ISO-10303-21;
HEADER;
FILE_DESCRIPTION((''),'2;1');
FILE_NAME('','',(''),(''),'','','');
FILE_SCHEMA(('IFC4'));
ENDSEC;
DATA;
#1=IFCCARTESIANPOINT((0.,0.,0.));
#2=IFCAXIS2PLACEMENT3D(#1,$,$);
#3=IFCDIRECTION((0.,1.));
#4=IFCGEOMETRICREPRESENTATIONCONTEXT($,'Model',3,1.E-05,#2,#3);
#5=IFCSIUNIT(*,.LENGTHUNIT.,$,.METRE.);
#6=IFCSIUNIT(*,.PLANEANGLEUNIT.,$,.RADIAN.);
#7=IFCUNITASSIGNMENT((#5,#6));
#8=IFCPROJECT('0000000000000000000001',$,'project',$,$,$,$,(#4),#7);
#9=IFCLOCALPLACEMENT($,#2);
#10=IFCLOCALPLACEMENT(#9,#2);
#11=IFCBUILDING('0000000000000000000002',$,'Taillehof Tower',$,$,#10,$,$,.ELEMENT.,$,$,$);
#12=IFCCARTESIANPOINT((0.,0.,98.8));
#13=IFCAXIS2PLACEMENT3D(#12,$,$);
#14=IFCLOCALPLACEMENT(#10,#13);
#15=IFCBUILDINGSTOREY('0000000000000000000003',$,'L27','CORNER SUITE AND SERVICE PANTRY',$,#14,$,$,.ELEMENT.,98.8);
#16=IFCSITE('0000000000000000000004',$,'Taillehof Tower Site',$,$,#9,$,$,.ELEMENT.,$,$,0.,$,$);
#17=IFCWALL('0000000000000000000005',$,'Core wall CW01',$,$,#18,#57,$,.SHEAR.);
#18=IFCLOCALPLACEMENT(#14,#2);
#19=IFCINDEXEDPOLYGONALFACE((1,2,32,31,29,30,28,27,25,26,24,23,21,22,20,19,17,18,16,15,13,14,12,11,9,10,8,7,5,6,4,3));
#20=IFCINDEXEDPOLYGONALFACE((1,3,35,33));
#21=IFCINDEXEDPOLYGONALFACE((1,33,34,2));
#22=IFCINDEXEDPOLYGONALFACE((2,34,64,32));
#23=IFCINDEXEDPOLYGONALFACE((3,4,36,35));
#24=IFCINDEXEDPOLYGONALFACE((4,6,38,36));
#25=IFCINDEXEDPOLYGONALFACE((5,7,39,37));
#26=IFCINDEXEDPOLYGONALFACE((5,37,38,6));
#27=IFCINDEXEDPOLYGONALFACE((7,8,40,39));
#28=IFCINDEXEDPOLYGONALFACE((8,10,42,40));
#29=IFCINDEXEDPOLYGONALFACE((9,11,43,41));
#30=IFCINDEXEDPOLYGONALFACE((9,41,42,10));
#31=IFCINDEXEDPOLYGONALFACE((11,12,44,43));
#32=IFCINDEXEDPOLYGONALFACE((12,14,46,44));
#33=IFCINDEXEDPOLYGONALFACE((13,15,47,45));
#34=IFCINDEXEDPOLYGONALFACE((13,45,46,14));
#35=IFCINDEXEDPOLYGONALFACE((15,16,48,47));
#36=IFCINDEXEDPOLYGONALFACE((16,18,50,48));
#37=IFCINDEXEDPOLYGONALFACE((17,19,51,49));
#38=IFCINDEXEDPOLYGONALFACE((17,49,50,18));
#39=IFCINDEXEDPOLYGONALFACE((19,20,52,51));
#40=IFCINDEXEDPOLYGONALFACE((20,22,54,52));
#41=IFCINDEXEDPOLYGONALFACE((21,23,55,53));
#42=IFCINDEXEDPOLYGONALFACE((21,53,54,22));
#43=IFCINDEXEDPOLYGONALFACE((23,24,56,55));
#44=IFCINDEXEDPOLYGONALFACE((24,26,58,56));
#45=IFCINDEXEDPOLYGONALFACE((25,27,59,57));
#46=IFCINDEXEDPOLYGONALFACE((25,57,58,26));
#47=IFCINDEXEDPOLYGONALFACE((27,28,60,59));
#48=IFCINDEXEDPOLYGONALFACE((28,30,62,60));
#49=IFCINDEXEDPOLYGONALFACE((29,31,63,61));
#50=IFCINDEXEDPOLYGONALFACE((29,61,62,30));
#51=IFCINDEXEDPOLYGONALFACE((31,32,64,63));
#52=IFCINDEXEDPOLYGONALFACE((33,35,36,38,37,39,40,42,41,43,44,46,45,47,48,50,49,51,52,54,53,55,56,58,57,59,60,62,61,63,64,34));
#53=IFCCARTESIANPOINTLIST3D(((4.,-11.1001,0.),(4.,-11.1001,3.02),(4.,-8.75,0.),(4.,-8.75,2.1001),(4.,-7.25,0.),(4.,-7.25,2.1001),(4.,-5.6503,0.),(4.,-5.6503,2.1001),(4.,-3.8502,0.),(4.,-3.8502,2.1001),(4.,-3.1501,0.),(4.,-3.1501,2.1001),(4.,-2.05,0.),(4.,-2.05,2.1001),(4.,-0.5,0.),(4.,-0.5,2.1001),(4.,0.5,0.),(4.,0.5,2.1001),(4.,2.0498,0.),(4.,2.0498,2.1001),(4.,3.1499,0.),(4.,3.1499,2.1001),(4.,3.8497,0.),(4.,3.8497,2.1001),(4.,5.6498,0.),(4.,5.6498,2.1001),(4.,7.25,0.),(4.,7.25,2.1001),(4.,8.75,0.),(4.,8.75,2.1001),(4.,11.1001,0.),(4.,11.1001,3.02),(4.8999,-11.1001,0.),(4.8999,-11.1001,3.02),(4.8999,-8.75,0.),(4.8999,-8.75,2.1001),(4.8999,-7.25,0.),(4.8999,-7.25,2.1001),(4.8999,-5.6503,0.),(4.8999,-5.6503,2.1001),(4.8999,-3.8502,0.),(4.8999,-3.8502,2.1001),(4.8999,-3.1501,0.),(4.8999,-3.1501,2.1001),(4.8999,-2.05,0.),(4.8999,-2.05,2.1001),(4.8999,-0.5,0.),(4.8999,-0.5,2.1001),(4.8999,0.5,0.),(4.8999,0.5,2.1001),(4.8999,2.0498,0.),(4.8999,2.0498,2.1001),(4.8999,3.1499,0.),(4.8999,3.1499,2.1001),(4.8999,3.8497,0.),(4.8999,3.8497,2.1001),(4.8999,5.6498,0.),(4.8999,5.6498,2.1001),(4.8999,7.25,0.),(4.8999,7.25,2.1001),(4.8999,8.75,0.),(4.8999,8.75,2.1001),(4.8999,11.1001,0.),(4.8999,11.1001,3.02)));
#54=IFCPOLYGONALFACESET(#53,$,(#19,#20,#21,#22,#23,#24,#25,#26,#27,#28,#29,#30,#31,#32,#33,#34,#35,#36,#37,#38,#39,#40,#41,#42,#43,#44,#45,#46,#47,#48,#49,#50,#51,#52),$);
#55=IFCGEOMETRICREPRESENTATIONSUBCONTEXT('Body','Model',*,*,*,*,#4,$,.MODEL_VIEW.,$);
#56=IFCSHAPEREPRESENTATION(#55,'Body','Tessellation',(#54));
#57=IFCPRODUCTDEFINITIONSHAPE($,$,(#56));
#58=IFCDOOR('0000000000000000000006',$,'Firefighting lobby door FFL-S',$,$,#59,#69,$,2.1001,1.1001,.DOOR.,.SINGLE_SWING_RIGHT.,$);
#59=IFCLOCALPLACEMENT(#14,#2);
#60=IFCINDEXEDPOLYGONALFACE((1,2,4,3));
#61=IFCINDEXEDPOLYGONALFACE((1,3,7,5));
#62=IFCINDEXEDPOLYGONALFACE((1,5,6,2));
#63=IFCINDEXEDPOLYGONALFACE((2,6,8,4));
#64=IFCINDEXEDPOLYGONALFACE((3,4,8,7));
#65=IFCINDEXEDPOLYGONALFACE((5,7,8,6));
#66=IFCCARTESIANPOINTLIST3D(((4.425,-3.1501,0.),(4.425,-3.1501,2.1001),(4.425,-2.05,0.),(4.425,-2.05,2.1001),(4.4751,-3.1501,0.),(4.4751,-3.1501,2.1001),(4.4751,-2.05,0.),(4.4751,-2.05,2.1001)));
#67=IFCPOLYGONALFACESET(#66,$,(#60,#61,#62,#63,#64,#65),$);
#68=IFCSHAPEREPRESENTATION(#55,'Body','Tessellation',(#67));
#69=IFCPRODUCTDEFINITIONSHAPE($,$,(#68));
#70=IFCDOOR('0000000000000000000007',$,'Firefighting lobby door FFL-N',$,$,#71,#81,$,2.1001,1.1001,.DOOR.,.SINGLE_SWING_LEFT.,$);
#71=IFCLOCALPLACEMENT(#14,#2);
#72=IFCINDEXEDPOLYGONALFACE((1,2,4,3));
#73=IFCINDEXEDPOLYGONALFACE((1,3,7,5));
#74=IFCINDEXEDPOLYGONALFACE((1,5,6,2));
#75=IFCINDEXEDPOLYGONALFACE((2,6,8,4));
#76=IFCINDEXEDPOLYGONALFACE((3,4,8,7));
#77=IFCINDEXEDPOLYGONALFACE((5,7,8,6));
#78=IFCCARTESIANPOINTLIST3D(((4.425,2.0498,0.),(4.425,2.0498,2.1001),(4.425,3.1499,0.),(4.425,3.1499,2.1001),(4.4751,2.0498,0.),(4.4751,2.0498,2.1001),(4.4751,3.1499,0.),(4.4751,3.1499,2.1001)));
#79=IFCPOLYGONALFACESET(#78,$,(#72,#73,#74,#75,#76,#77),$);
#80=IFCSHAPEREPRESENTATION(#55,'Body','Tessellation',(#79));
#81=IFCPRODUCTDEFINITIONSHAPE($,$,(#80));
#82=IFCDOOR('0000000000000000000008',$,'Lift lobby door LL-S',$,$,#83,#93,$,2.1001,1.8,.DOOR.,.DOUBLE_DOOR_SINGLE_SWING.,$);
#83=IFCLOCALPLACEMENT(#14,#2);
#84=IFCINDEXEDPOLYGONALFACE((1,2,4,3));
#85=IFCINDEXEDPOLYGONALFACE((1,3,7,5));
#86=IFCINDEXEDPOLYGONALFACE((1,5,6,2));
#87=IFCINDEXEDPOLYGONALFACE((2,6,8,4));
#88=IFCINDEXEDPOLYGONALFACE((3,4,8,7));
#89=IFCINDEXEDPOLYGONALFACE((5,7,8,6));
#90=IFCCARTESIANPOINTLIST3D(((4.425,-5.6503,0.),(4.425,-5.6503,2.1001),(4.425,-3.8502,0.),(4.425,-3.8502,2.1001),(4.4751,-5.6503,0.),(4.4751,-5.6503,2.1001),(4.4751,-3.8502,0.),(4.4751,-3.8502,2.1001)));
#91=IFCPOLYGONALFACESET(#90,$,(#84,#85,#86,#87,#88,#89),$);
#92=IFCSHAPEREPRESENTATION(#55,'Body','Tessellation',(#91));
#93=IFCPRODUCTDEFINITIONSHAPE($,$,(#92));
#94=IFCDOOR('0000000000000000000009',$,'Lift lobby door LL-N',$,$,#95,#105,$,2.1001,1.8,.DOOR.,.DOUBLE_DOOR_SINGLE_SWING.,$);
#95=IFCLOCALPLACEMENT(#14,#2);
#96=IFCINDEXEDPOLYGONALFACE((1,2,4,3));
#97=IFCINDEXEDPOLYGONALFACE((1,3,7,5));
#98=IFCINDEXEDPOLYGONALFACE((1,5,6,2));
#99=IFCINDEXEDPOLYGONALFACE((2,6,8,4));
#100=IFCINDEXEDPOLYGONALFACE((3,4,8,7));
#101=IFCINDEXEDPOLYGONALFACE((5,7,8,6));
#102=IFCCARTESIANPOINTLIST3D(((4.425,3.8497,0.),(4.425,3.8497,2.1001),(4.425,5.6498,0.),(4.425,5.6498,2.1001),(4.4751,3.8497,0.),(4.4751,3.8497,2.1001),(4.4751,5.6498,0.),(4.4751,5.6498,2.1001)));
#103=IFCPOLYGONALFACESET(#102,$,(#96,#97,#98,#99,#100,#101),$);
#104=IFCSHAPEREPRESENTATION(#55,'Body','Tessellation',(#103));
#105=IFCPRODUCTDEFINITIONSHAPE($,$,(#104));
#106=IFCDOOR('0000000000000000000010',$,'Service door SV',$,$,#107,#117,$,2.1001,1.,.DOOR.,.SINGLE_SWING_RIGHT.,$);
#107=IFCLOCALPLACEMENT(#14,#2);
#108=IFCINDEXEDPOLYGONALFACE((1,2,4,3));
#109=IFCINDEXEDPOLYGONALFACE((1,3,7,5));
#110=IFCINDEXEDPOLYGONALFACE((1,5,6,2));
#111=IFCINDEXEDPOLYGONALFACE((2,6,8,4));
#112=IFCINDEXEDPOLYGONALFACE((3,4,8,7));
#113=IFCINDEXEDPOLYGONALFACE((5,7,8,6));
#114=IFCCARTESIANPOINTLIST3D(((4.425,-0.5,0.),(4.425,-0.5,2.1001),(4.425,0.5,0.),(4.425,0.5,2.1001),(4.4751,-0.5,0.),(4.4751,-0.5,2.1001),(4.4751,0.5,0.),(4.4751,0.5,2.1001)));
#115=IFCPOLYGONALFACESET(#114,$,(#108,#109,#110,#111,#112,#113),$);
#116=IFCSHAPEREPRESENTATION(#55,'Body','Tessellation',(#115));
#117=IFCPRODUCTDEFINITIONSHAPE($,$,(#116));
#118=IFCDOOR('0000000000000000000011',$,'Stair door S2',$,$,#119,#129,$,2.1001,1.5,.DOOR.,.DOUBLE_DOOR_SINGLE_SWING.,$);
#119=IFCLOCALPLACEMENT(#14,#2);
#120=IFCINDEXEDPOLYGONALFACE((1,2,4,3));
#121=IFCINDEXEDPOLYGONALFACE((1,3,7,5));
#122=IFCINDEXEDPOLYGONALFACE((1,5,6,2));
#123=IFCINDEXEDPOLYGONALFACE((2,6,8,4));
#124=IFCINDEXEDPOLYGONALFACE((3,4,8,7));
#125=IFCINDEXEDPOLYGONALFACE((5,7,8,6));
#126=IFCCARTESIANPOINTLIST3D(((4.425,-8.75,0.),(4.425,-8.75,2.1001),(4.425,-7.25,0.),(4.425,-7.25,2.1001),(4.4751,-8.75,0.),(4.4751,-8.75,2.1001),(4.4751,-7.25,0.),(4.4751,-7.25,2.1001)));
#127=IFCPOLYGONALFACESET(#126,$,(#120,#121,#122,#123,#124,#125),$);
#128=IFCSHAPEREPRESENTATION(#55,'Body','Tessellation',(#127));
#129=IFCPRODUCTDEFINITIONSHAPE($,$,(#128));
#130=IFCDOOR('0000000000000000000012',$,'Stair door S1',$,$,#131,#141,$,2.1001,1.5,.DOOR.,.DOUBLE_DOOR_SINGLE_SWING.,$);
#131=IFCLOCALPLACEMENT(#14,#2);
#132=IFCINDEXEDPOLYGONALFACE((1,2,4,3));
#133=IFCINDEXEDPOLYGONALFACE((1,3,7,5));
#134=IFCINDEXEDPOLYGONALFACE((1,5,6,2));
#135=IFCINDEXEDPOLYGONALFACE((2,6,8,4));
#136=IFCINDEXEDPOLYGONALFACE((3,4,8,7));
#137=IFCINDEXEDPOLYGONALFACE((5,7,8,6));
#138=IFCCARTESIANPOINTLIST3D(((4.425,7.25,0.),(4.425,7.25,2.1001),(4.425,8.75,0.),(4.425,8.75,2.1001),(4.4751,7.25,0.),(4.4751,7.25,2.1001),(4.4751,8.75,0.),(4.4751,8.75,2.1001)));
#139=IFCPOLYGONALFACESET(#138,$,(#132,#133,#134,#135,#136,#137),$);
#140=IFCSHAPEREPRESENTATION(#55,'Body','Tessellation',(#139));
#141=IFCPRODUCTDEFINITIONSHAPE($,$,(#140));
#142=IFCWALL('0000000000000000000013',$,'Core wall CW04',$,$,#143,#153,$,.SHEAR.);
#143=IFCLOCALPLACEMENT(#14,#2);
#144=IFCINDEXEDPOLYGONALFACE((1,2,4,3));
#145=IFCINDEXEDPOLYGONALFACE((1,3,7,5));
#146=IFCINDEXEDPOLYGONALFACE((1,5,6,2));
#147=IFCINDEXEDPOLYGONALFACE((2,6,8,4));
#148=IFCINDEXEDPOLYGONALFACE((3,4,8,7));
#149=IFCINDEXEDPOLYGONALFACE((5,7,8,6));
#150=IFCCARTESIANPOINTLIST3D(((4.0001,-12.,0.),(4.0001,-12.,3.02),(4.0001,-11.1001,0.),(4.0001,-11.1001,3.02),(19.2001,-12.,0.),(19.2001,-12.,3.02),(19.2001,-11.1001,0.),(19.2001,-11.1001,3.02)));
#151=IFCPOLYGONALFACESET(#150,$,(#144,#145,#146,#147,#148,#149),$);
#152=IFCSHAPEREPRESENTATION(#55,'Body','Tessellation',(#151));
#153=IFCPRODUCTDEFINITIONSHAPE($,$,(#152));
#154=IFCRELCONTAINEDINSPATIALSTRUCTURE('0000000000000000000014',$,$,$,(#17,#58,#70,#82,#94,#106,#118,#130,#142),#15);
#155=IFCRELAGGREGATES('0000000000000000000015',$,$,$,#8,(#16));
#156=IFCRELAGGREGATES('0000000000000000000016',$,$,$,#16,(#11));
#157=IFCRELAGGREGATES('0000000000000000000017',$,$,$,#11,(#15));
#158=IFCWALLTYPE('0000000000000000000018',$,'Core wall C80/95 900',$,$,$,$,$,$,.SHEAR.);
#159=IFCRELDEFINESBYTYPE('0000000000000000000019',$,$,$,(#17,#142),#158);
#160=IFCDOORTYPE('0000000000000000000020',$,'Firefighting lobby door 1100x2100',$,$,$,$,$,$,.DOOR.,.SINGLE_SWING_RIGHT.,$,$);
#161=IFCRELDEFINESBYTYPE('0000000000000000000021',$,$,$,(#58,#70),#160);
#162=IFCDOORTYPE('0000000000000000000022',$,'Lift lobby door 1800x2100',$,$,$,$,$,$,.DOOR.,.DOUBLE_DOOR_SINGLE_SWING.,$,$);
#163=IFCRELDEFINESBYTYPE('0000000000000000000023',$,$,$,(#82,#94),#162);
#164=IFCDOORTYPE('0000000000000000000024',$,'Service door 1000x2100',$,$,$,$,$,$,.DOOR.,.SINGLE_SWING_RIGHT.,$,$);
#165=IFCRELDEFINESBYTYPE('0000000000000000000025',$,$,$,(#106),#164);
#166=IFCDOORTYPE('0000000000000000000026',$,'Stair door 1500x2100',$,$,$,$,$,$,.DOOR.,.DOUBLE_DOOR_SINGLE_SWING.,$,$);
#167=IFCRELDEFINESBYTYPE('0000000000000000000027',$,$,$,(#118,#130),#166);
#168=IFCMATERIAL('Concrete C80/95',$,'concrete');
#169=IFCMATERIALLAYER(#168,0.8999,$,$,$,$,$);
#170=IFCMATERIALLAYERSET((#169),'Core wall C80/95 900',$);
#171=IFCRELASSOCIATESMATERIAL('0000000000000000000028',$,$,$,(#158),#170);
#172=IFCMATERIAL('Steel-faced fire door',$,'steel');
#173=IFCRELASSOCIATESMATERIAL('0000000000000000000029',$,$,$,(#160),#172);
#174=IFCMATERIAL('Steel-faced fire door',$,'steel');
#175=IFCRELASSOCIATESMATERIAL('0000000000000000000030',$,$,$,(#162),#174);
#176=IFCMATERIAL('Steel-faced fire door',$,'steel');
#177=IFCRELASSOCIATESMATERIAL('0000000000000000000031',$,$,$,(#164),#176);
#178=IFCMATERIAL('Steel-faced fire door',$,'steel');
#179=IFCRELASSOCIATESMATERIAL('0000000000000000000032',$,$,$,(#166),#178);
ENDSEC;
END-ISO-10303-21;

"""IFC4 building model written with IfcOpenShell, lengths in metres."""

from ifc_helpers import new_model, si_unit, direction, frame, frame_2d, origin, place, context, subcontext, project, spatial, rectangle, extrude, material, layer, layer_set, type_object, element, fill, save


model = new_model("IFC4")

# Units and contexts
model_context = context("Model", 3, precision=1e-05, world=origin(), true_north=direction((0.0, 1.0)))
body_context = subcontext(model_context, "Body", "Model", "MODEL_VIEW")
ifc_project = project(units=[si_unit("LENGTHUNIT", "METRE"), si_unit("PLANEANGLEUNIT", "RADIAN")], contexts=[model_context])

# Site, building, storey
site_placement = place(None, origin())
site = spatial("IfcSite", under=ifc_project, at=site_placement, Name="Taillehof Tower Site", CompositionType="ELEMENT", RefElevation=0.0)
building_placement = place(site_placement, origin())
building = spatial("IfcBuilding", under=site, at=building_placement, Name="Taillehof Tower", CompositionType="ELEMENT")
storey_placement = place(building_placement, frame((0.0, 0.0, 98.8)))
storey = spatial("IfcBuildingStorey", under=building, at=storey_placement, Name="L27", Description="CORNER SUITE AND SERVICE PANTRY", CompositionType="ELEMENT", Elevation=98.8)

# Wall, openings, doors
ifc_material_1 = material(Name="Concrete C80/95", Category="concrete")
ifc_layer_1 = layer(ifc_material_1, 0.8999)
ifc_layer_set_1 = layer_set([ifc_layer_1], Name="Core wall C80/95 900")
wall_type_1 = type_object("IfcWallType", Name="Core wall C80/95 900", PredefinedType="SHEAR", material=ifc_layer_set_1)
wall_1_placement = place(storey_placement, frame((4.45, -11.1001, 0.0), z_axis=(0.0, 0.0, 1.0), x_axis=(0.0, 1.0, 0.0)))
wall_1 = element("IfcWall", 1, at=wall_1_placement, inside=storey, type_object=wall_type_1, Name="Core wall CW01", PredefinedType="SHEAR", context=body_context, shape_type="SweptSolid", body=[
    extrude(rectangle(XDim=22.2002, YDim=0.8999, at=frame_2d((11.1001, 0.0))), origin(), (0.0, 0.0, 1.0), 3.02),
])
opening_1_placement = place(wall_1_placement, frame((2.3501, 0.0, 0.0)))
opening_1 = element("IfcOpeningElement", 2, at=opening_1_placement, cuts=wall_1, PredefinedType="OPENING", context=body_context, shape_type="SweptSolid", body=[
    extrude(rectangle(XDim=1.5, YDim=2.1001, at=frame_2d((0.75, 1.05))), frame((0.0, 0.46, 0.0), z_axis=(0.0, -1.0, 0.0), x_axis=(1.0, 0.0, 0.0)), (0.0, 0.0, 1.0), 0.9199),
])
opening_2_placement = place(wall_1_placement, frame((5.45, 0.0, 0.0)))
opening_2 = element("IfcOpeningElement", 3, at=opening_2_placement, cuts=wall_1, PredefinedType="OPENING", context=body_context, shape_type="SweptSolid", body=[
    extrude(rectangle(XDim=1.8, YDim=2.1001, at=frame_2d((0.8999, 1.05))), frame((0.0, 0.46, 0.0), z_axis=(0.0, -1.0, 0.0), x_axis=(1.0, 0.0, 0.0)), (0.0, 0.0, 1.0), 0.9199),
])
opening_3_placement = place(wall_1_placement, frame((7.95, 0.0, 0.0)))
opening_3 = element("IfcOpeningElement", 4, at=opening_3_placement, cuts=wall_1, PredefinedType="OPENING", context=body_context, shape_type="SweptSolid", body=[
    extrude(rectangle(XDim=1.1001, YDim=2.1001, at=frame_2d((0.55, 1.05))), frame((0.0, 0.46, 0.0), z_axis=(0.0, -1.0, 0.0), x_axis=(1.0, 0.0, 0.0)), (0.0, 0.0, 1.0), 0.9199),
])
opening_4_placement = place(wall_1_placement, frame((10.6001, 0.0, 0.0)))
opening_4 = element("IfcOpeningElement", 5, at=opening_4_placement, cuts=wall_1, PredefinedType="OPENING", context=body_context, shape_type="SweptSolid", body=[
    extrude(rectangle(XDim=1.0, YDim=2.1001, at=frame_2d((0.5, 1.05))), frame((0.0, 0.46, 0.0), z_axis=(0.0, -1.0, 0.0), x_axis=(1.0, 0.0, 0.0)), (0.0, 0.0, 1.0), 0.9199),
])
opening_5_placement = place(wall_1_placement, frame((13.1499, 0.0, 0.0)))
opening_5 = element("IfcOpeningElement", 6, at=opening_5_placement, cuts=wall_1, PredefinedType="OPENING", context=body_context, shape_type="SweptSolid", body=[
    extrude(rectangle(XDim=1.1001, YDim=2.1001, at=frame_2d((0.55, 1.05))), frame((0.0, 0.46, 0.0), z_axis=(0.0, -1.0, 0.0), x_axis=(1.0, 0.0, 0.0)), (0.0, 0.0, 1.0), 0.9199),
])
opening_6_placement = place(wall_1_placement, frame((14.95, 0.0, 0.0)))
opening_6 = element("IfcOpeningElement", 7, at=opening_6_placement, cuts=wall_1, PredefinedType="OPENING", context=body_context, shape_type="SweptSolid", body=[
    extrude(rectangle(XDim=1.8, YDim=2.1001, at=frame_2d((0.8999, 1.05))), frame((0.0, 0.46, 0.0), z_axis=(0.0, -1.0, 0.0), x_axis=(1.0, 0.0, 0.0)), (0.0, 0.0, 1.0), 0.9199),
])
opening_7_placement = place(wall_1_placement, frame((18.3501, 0.0, 0.0)))
opening_7 = element("IfcOpeningElement", 8, at=opening_7_placement, cuts=wall_1, PredefinedType="OPENING", context=body_context, shape_type="SweptSolid", body=[
    extrude(rectangle(XDim=1.5, YDim=2.1001, at=frame_2d((0.75, 1.05))), frame((0.0, 0.46, 0.0), z_axis=(0.0, -1.0, 0.0), x_axis=(1.0, 0.0, 0.0)), (0.0, 0.0, 1.0), 0.9199),
])
ifc_material_2 = material(Name="Steel-faced fire door", Category="steel")
door_type_1 = type_object("IfcDoorType", Name="Firefighting lobby door 1100x2100", OperationType="SINGLE_SWING_RIGHT", PredefinedType="DOOR", material=ifc_material_2)
door_1_placement = place(opening_3_placement, origin())
door_1 = element("IfcDoor", 9, at=door_1_placement, inside=storey, type_object=door_type_1, Name="Firefighting lobby door FFL-S", OperationType="SINGLE_SWING_RIGHT", OverallHeight=2.1001, OverallWidth=1.1001, PredefinedType="DOOR", context=body_context, shape_type="SweptSolid", body=[
    extrude(rectangle(XDim=1.1001, YDim=2.1001, at=frame_2d((0.55, 1.05))), frame((0.0, 0.0249, 0.0), z_axis=(0.0, -1.0, 0.0), x_axis=(1.0, 0.0, 0.0)), (0.0, 0.0, 1.0), 0.05),
])
fill(opening_3, door_1)
door_2_placement = place(opening_5_placement, origin())
door_2 = element("IfcDoor", 10, at=door_2_placement, inside=storey, type_object=door_type_1, Name="Firefighting lobby door FFL-N", OperationType="SINGLE_SWING_LEFT", OverallHeight=2.1001, OverallWidth=1.1001, PredefinedType="DOOR", context=body_context, shape_type="SweptSolid", body=[
    extrude(rectangle(XDim=1.1001, YDim=2.1001, at=frame_2d((0.55, 1.05))), frame((0.0, 0.0249, 0.0), z_axis=(0.0, -1.0, 0.0), x_axis=(1.0, 0.0, 0.0)), (0.0, 0.0, 1.0), 0.05),
])
fill(opening_5, door_2)
ifc_material_3 = material(Name="Steel-faced fire door", Category="steel")
door_type_2 = type_object("IfcDoorType", Name="Lift lobby door 1800x2100", OperationType="DOUBLE_DOOR_SINGLE_SWING", PredefinedType="DOOR", material=ifc_material_3)
door_3_placement = place(opening_2_placement, origin())
door_3 = element("IfcDoor", 11, at=door_3_placement, inside=storey, type_object=door_type_2, Name="Lift lobby door LL-S", OperationType="DOUBLE_DOOR_SINGLE_SWING", OverallHeight=2.1001, OverallWidth=1.8, PredefinedType="DOOR", context=body_context, shape_type="SweptSolid", body=[
    extrude(rectangle(XDim=1.8, YDim=2.1001, at=frame_2d((0.8999, 1.05))), frame((0.0, 0.0249, 0.0), z_axis=(0.0, -1.0, 0.0), x_axis=(1.0, 0.0, 0.0)), (0.0, 0.0, 1.0), 0.05),
])
fill(opening_2, door_3)
door_4_placement = place(opening_6_placement, origin())
door_4 = element("IfcDoor", 12, at=door_4_placement, inside=storey, type_object=door_type_2, Name="Lift lobby door LL-N", OperationType="DOUBLE_DOOR_SINGLE_SWING", OverallHeight=2.1001, OverallWidth=1.8, PredefinedType="DOOR", context=body_context, shape_type="SweptSolid", body=[
    extrude(rectangle(XDim=1.8, YDim=2.1001, at=frame_2d((0.8999, 1.05))), frame((0.0, 0.0249, 0.0), z_axis=(0.0, -1.0, 0.0), x_axis=(1.0, 0.0, 0.0)), (0.0, 0.0, 1.0), 0.05),
])
fill(opening_6, door_4)
ifc_material_4 = material(Name="Steel-faced fire door", Category="steel")
door_type_3 = type_object("IfcDoorType", Name="Service door 1000x2100", OperationType="SINGLE_SWING_RIGHT", PredefinedType="DOOR", material=ifc_material_4)
door_5_placement = place(opening_4_placement, origin())
door_5 = element("IfcDoor", 13, at=door_5_placement, inside=storey, type_object=door_type_3, Name="Service door SV", OperationType="SINGLE_SWING_RIGHT", OverallHeight=2.1001, OverallWidth=1.0, PredefinedType="DOOR", context=body_context, shape_type="SweptSolid", body=[
    extrude(rectangle(XDim=1.0, YDim=2.1001, at=frame_2d((0.5, 1.05))), frame((0.0, 0.0249, 0.0), z_axis=(0.0, -1.0, 0.0), x_axis=(1.0, 0.0, 0.0)), (0.0, 0.0, 1.0), 0.05),
])
fill(opening_4, door_5)
ifc_material_5 = material(Name="Steel-faced fire door", Category="steel")
door_type_4 = type_object("IfcDoorType", Name="Stair door 1500x2100", OperationType="DOUBLE_DOOR_SINGLE_SWING", PredefinedType="DOOR", material=ifc_material_5)
door_6_placement = place(opening_1_placement, origin())
door_6 = element("IfcDoor", 14, at=door_6_placement, inside=storey, type_object=door_type_4, Name="Stair door S2", OperationType="DOUBLE_DOOR_SINGLE_SWING", OverallHeight=2.1001, OverallWidth=1.5, PredefinedType="DOOR", context=body_context, shape_type="SweptSolid", body=[
    extrude(rectangle(XDim=1.5, YDim=2.1001, at=frame_2d((0.75, 1.05))), frame((0.0, 0.0249, 0.0), z_axis=(0.0, -1.0, 0.0), x_axis=(1.0, 0.0, 0.0)), (0.0, 0.0, 1.0), 0.05),
])
fill(opening_1, door_6)
door_7_placement = place(opening_7_placement, origin())
door_7 = element("IfcDoor", 15, at=door_7_placement, inside=storey, type_object=door_type_4, Name="Stair door S1", OperationType="DOUBLE_DOOR_SINGLE_SWING", OverallHeight=2.1001, OverallWidth=1.5, PredefinedType="DOOR", context=body_context, shape_type="SweptSolid", body=[
    extrude(rectangle(XDim=1.5, YDim=2.1001, at=frame_2d((0.75, 1.05))), frame((0.0, 0.0249, 0.0), z_axis=(0.0, -1.0, 0.0), x_axis=(1.0, 0.0, 0.0)), (0.0, 0.0, 1.0), 0.05),
])
fill(opening_7, door_7)

# Wall
wall_2_placement = place(storey_placement, frame((4.0, -11.55, 0.0), z_axis=(0.0, 0.0, 1.0), x_axis=(1.0, 0.0, 0.0)))
element("IfcWall", 16, at=wall_2_placement, inside=storey, type_object=wall_type_1, Name="Core wall CW04", PredefinedType="SHEAR", context=body_context, shape_type="SweptSolid", body=[
    extrude(rectangle(XDim=15.2, YDim=0.8999, at=frame_2d((7.6001, 0.0))), origin(), (0.0, 0.0, 1.0), 3.02),
])

save(model, "model.ifc")
